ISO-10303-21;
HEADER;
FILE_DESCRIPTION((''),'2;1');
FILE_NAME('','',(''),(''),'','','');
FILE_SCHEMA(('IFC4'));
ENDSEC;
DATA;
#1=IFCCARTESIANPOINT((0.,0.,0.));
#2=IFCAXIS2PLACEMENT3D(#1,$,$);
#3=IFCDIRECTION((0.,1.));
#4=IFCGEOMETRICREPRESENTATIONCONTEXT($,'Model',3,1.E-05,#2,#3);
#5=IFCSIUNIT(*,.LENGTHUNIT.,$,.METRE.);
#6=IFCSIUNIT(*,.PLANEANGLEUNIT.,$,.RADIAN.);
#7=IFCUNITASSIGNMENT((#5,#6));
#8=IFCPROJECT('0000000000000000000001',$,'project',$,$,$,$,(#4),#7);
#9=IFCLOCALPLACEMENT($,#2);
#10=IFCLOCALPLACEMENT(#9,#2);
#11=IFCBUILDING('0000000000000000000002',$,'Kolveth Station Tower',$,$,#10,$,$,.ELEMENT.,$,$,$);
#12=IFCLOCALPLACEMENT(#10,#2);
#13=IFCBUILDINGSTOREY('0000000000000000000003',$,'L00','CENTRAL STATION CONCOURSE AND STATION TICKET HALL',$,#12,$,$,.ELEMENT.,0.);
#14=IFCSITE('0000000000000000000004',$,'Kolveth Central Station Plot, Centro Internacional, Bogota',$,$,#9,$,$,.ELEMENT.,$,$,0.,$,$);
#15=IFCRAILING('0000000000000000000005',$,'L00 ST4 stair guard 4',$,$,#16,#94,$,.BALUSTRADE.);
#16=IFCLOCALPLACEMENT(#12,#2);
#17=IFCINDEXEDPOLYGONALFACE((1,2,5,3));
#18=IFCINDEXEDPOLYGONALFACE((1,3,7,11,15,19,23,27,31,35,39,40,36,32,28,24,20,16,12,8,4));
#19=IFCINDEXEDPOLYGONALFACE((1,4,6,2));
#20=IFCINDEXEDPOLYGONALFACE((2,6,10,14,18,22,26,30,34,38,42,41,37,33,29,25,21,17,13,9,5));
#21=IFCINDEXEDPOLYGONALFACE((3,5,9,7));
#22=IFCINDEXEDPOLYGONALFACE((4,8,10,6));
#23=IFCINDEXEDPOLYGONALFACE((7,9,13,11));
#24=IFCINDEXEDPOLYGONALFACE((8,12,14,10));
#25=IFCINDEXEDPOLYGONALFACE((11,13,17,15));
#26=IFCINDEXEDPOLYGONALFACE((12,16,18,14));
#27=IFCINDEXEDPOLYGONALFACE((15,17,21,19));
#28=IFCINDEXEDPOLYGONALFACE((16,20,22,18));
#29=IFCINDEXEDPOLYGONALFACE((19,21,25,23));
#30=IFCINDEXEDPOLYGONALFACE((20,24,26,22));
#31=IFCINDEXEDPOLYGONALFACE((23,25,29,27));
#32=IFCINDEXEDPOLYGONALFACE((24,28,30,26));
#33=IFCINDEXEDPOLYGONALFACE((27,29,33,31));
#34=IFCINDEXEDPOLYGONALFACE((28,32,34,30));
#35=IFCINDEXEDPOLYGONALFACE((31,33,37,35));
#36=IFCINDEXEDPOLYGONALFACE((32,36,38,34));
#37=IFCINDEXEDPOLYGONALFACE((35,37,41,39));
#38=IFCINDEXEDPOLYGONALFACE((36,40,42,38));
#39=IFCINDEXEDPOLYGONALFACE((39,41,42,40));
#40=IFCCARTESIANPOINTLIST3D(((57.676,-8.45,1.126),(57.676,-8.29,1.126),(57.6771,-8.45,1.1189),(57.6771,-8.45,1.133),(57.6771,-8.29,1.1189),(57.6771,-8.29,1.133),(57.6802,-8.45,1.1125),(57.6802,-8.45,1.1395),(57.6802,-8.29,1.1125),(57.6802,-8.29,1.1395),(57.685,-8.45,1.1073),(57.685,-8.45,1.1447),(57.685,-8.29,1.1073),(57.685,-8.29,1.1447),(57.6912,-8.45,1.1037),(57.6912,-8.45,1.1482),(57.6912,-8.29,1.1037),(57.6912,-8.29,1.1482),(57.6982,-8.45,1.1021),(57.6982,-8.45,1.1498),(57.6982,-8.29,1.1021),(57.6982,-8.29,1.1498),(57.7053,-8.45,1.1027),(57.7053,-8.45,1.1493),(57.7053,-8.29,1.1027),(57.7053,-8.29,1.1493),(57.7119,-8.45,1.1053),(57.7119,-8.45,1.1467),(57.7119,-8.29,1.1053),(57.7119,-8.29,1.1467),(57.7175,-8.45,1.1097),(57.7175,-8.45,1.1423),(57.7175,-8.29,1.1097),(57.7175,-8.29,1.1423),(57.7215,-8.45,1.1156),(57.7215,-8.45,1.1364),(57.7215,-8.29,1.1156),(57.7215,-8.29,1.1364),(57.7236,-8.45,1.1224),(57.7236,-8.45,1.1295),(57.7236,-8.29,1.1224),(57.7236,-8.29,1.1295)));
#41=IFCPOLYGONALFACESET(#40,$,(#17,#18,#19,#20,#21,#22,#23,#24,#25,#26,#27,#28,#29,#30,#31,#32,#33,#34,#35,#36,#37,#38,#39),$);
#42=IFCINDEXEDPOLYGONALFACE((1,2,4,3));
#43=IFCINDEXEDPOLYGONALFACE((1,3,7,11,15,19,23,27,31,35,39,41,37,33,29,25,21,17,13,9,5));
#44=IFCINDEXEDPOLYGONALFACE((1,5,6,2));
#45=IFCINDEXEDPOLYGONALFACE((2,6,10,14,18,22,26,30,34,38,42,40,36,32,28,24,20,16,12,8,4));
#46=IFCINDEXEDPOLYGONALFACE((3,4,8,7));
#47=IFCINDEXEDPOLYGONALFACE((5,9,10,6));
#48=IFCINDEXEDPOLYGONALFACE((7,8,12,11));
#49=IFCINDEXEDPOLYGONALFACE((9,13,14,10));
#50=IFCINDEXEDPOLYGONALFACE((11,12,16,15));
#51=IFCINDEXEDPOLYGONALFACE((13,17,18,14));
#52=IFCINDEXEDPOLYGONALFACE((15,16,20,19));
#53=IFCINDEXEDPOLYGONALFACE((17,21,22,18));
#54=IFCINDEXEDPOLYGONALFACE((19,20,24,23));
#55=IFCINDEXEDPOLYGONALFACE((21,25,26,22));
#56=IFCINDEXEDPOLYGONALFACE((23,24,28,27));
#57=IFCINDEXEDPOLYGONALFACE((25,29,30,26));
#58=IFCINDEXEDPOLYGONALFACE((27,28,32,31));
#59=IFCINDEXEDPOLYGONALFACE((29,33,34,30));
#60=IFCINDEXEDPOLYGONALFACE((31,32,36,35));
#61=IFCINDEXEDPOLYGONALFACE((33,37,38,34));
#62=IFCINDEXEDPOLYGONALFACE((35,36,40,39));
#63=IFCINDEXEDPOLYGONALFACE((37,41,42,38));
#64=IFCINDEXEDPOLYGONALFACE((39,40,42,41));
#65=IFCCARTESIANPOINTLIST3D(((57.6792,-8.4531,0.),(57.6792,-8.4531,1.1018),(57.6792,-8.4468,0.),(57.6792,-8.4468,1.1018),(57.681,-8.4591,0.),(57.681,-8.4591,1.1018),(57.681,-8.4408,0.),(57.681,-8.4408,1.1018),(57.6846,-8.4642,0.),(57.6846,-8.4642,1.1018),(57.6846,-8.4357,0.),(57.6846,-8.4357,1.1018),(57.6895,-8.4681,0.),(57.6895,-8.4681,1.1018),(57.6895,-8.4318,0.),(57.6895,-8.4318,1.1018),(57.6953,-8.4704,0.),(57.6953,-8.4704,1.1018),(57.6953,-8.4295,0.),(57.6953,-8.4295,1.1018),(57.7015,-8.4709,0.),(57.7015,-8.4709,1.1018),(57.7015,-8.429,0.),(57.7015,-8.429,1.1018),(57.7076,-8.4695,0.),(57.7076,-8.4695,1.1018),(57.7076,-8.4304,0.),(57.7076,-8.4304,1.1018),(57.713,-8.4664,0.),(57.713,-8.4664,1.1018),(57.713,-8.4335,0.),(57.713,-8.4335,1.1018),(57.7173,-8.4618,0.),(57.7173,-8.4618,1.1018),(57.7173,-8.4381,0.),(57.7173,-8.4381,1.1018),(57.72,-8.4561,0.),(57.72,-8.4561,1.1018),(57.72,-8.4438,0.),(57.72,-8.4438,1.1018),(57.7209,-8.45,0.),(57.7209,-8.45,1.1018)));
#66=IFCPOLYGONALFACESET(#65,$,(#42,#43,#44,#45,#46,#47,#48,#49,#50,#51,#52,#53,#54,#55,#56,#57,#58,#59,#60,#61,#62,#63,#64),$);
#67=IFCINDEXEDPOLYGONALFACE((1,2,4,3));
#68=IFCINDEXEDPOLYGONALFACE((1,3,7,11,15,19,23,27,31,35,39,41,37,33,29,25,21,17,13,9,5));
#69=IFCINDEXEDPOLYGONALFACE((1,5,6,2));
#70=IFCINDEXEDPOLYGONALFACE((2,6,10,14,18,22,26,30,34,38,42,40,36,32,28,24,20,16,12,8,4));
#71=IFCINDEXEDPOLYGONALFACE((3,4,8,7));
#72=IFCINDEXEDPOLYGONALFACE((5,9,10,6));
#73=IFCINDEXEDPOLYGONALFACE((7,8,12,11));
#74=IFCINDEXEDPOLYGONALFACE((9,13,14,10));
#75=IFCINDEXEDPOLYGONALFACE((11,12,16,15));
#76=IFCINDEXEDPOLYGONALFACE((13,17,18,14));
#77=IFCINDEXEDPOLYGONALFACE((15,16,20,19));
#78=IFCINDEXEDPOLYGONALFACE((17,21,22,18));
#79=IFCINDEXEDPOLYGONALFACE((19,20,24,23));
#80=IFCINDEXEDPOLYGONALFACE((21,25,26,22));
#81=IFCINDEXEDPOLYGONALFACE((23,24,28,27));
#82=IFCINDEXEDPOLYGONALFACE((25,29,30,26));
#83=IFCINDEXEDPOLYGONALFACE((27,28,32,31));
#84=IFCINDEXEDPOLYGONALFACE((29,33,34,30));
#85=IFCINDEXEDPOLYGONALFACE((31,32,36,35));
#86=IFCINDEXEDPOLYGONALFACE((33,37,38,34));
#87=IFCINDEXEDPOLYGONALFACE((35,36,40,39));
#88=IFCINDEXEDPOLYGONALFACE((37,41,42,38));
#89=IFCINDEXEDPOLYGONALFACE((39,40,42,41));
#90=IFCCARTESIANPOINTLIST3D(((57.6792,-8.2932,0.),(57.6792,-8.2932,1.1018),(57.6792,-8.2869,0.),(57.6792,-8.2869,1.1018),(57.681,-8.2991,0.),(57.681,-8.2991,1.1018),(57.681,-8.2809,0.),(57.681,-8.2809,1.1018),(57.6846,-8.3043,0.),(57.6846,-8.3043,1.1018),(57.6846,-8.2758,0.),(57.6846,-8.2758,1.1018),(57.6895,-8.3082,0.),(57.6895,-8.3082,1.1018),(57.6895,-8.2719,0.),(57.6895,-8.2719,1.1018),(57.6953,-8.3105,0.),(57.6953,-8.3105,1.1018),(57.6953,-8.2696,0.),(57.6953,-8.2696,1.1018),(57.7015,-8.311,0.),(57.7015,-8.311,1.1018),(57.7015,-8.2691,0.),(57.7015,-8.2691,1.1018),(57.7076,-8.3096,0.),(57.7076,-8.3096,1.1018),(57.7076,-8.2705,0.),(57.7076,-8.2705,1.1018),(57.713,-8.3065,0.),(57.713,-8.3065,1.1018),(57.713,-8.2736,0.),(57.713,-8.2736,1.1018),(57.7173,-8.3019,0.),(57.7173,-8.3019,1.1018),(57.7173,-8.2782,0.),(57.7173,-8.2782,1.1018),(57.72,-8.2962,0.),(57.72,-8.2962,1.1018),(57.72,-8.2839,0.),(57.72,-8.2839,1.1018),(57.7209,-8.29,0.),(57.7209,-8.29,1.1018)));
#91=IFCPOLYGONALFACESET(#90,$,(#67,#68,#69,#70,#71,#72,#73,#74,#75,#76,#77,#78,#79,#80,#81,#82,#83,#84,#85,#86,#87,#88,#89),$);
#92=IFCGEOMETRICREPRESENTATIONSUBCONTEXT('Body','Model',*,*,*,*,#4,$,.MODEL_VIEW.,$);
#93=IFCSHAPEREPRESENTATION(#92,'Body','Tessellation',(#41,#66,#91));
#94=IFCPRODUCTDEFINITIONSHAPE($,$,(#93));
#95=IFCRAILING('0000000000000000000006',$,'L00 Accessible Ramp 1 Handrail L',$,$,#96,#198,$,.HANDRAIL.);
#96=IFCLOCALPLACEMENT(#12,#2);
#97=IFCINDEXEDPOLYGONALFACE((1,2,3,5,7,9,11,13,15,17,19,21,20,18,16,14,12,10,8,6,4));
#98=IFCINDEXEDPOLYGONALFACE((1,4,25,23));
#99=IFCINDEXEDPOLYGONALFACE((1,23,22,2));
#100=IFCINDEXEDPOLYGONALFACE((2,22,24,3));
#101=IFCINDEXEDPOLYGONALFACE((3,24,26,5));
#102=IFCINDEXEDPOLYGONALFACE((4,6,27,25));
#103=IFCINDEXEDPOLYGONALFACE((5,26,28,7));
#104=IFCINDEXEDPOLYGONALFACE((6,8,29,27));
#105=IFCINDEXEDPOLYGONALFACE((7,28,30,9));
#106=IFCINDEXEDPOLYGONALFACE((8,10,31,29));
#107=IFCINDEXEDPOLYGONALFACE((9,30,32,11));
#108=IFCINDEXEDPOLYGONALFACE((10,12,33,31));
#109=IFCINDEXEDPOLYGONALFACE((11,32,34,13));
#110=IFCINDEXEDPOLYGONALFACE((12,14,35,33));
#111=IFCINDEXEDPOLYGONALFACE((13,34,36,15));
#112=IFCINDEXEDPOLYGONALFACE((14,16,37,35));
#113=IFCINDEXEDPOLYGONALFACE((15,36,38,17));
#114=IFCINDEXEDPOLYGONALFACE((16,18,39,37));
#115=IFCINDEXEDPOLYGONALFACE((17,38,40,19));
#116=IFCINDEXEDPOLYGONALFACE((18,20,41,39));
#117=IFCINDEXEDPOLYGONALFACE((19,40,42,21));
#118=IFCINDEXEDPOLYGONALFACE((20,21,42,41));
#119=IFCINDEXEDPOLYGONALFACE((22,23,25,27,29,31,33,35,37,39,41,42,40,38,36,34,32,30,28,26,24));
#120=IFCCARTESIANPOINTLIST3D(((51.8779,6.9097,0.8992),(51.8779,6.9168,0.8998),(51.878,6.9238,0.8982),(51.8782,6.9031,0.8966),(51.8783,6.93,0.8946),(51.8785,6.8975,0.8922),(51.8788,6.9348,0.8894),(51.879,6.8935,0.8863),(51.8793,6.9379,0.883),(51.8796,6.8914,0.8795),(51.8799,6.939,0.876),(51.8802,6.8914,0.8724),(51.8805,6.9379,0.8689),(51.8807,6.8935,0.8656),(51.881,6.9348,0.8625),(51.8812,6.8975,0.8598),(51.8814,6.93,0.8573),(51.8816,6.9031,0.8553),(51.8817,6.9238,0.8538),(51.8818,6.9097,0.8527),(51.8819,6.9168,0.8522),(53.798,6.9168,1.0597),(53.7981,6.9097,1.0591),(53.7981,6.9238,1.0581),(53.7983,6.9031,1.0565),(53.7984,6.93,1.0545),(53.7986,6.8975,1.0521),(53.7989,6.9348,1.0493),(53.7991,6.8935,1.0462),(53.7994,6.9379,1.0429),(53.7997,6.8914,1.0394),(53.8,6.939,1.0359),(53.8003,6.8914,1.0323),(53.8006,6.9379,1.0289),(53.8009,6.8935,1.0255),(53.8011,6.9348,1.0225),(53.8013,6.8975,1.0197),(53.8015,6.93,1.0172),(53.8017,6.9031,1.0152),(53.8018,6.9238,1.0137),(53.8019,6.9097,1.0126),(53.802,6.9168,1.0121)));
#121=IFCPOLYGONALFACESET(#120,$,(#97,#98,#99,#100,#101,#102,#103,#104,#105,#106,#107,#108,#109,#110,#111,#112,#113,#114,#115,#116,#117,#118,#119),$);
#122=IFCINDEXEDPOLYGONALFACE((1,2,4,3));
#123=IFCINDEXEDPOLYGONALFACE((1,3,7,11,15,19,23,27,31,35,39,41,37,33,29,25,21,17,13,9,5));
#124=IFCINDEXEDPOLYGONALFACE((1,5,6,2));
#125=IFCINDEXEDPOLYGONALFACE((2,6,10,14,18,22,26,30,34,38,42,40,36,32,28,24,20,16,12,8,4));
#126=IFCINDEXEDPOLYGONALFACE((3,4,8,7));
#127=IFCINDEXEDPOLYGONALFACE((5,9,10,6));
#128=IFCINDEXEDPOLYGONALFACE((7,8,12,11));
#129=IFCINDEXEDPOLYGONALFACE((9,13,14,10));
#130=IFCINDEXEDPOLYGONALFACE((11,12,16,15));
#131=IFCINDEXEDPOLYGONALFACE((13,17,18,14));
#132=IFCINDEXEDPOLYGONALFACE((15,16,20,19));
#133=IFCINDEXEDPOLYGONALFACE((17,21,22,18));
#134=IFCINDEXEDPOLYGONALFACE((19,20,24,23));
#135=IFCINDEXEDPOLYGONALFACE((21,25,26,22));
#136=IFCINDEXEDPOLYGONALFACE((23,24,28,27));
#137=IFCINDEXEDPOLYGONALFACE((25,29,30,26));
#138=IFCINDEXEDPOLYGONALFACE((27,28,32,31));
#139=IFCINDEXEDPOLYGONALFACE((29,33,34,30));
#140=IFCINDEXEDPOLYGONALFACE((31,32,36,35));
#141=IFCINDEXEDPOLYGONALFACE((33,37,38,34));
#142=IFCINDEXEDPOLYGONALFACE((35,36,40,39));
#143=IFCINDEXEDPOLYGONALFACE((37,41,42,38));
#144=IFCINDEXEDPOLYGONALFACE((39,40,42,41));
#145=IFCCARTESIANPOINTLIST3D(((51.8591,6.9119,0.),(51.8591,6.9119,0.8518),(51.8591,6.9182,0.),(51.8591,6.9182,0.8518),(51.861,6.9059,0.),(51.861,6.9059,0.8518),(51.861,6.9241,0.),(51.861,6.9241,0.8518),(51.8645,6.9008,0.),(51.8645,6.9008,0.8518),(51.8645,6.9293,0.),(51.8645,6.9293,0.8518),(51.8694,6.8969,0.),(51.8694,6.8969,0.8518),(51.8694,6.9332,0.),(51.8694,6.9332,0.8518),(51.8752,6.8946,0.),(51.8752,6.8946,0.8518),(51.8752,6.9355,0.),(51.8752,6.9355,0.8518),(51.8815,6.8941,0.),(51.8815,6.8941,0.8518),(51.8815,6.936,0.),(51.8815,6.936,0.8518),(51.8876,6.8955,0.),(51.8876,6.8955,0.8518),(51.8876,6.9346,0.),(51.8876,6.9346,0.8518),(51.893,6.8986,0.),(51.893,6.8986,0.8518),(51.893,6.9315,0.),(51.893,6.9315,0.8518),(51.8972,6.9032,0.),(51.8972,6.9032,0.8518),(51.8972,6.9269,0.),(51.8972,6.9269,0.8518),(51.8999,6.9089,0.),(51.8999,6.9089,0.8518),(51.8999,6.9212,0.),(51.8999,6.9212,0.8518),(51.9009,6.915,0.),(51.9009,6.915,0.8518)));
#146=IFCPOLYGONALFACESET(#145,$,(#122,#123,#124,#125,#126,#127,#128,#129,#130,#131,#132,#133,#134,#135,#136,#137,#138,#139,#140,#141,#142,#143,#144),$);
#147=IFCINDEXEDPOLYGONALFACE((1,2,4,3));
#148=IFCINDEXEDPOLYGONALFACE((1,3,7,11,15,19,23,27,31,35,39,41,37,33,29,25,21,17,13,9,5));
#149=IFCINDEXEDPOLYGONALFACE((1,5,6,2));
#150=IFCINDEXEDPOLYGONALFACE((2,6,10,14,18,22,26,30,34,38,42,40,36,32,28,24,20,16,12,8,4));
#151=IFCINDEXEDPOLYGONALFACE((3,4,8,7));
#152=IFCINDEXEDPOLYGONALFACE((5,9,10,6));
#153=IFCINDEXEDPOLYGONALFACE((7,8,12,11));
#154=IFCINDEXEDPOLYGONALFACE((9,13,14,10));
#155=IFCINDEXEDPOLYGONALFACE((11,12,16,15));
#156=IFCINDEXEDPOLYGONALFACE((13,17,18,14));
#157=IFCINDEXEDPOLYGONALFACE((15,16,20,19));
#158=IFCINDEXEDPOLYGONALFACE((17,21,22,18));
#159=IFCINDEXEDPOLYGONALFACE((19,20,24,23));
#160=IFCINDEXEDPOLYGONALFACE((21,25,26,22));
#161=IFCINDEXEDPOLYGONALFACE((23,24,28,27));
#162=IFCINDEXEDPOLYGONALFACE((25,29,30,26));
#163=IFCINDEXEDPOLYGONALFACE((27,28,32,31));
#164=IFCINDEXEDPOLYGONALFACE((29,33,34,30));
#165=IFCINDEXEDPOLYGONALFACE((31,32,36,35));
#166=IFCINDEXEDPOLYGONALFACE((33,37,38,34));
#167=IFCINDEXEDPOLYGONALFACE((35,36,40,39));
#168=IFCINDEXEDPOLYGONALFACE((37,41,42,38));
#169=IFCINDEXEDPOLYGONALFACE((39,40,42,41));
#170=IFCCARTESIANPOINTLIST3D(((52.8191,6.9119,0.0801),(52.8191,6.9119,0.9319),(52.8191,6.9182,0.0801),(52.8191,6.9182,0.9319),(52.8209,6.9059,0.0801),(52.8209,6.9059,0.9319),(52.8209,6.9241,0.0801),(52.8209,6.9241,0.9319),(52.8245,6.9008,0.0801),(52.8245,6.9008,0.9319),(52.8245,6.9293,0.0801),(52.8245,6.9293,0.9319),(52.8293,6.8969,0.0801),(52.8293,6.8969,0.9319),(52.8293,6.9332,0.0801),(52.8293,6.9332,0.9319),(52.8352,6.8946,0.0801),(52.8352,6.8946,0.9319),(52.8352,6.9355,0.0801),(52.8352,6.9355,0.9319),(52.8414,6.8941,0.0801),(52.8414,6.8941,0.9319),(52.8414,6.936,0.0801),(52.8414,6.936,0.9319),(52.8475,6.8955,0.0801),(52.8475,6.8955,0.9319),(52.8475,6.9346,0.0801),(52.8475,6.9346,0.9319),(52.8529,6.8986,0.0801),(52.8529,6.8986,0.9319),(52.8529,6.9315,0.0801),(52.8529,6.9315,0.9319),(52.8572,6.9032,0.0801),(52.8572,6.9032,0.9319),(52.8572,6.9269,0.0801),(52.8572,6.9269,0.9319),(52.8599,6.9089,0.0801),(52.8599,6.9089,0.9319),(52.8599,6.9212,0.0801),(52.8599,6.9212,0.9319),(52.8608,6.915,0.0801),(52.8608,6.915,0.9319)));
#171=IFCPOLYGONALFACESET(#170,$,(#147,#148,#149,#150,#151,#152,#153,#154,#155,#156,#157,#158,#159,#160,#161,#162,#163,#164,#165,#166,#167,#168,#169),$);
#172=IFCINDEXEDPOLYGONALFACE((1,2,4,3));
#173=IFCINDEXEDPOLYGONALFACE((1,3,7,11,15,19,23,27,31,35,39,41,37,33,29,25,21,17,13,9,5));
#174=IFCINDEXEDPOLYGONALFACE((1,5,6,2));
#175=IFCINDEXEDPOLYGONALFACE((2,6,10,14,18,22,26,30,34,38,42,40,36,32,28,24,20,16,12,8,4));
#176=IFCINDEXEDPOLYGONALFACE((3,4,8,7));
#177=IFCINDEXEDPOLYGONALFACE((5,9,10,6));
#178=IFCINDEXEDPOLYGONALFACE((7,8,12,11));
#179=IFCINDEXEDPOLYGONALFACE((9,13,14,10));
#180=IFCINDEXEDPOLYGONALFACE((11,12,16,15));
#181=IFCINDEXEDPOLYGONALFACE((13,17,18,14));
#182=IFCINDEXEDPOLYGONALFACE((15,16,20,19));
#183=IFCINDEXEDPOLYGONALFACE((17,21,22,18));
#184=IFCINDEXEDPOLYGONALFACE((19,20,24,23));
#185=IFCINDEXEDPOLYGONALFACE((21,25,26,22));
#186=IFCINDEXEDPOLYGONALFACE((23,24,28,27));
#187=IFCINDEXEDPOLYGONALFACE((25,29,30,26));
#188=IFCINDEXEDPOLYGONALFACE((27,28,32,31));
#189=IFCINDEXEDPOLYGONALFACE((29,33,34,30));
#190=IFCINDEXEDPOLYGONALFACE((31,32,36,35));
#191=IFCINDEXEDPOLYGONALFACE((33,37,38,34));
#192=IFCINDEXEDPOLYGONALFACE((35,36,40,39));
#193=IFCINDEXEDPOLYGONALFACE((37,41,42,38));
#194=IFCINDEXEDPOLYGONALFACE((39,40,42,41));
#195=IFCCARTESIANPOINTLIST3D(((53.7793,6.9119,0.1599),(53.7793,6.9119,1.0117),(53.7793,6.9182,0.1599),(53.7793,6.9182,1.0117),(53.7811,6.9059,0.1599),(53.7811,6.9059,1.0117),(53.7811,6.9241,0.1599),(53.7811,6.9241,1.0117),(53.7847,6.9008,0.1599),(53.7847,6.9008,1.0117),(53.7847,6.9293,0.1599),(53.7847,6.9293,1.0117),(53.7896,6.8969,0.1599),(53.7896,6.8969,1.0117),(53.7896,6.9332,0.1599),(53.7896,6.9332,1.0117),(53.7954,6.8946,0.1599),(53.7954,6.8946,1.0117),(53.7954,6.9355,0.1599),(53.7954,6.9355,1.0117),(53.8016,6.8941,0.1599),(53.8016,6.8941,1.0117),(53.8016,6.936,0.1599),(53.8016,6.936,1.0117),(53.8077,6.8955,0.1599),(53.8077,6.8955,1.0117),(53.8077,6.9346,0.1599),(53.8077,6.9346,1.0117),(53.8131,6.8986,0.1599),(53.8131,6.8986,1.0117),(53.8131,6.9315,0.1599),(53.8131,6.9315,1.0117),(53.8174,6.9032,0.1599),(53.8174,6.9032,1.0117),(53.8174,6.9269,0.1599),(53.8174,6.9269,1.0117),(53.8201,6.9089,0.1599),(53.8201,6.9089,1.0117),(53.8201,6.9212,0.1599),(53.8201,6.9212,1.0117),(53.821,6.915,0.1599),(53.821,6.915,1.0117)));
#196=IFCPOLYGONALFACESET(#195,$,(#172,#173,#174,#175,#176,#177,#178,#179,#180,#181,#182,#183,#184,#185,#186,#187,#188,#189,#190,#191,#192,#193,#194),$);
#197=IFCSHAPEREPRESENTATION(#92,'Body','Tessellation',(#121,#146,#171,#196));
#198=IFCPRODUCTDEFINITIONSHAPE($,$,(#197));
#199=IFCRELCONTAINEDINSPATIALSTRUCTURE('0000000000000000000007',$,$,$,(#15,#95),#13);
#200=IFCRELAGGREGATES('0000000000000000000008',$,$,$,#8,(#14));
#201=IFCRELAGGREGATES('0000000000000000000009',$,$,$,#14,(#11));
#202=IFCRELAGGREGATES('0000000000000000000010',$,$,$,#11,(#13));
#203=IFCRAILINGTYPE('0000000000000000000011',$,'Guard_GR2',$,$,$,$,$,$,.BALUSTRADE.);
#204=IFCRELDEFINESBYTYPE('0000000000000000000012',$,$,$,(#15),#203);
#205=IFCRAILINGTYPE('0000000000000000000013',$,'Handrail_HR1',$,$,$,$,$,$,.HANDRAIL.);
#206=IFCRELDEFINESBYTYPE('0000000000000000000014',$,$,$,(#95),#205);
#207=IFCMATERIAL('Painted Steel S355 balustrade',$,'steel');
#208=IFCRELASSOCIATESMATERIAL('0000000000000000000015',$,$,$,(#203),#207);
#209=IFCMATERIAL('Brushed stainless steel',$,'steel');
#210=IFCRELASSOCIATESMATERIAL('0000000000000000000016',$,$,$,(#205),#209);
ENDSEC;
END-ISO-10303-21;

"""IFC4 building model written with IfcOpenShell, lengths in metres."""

from ifc_helpers import new_model, si_unit, direction, frame, origin, origin_2d, place, context, subcontext, project, spatial, circle, extrude, material, type_object, element, save


model = new_model("IFC4")

# Units and contexts
model_context = context("Model", 3, precision=1e-05, world=origin(), true_north=direction((0.0, 1.0)))
body_context = subcontext(model_context, "Body", "Model", "MODEL_VIEW")
ifc_project = project(units=[si_unit("LENGTHUNIT", "METRE"), si_unit("PLANEANGLEUNIT", "RADIAN")], contexts=[model_context])

# Site, building, storey
site_placement = place(None, origin())
site = spatial("IfcSite", under=ifc_project, at=site_placement, Name="Kolveth Central Station Plot, Centro Internacional, Bogota", CompositionType="ELEMENT", RefElevation=0.0)
building_placement = place(site_placement, origin())
building = spatial("IfcBuilding", under=site, at=building_placement, Name="Kolveth Station Tower", CompositionType="ELEMENT")
storey_placement = place(building_placement, origin())
storey = spatial("IfcBuildingStorey", under=building, at=storey_placement, Name="L00", Description="CENTRAL STATION CONCOURSE AND STATION TICKET HALL", CompositionType="ELEMENT", Elevation=0.0)

# Railings
ifc_material_1 = material(Name="Painted Steel S355 balustrade", Category="steel")
railing_type_1 = type_object("IfcRailingType", Name="Guard_GR2", PredefinedType="BALUSTRADE", material=ifc_material_1)
railing_placement = place(storey_placement, frame((57.7, -8.45, 0.0)))
element("IfcRailing", 1, at=railing_placement, inside=storey, type_object=railing_type_1, Name="L00 ST4 stair guard 4", PredefinedType="BALUSTRADE", context=body_context, shape_type="SweptSolid", body=[
    extrude(circle(Radius=0.0239, at=origin_2d()), frame((0.0, 0.0, 1.126), z_axis=(0.0, 1.0, 0.0), x_axis=(-1.0, 0.0, 0.0)), (0.0, 0.0, 1.0), 0.1599),
    extrude(circle(Radius=0.021, at=origin_2d()), origin(), (0.0, 0.0, 1.0), 1.1018),
    extrude(circle(Radius=0.021, at=origin_2d()), frame((0.0, 0.1599, 0.0)), (0.0, 0.0, 1.0), 1.1018),
])
ifc_material_2 = material(Name="Brushed stainless steel", Category="steel")
railing_type_2 = type_object("IfcRailingType", Name="Handrail_HR1", PredefinedType="HANDRAIL", material=ifc_material_2)
for number, where, name in (
    (2, (51.8799, 6.915, 0.0), "L00 Accessible Ramp 1 Handrail L"),
):
    element("IfcRailing", number, at=place(storey_placement, frame(where)), inside=storey, type_object=railing_type_2, Name=name, PredefinedType="HANDRAIL", context=body_context, shape_type="SweptSolid", body=[
        extrude(circle(Radius=0.0239, at=origin_2d()), frame((0.0, 0.0, 0.876), z_axis=(0.99655, 0.0, 0.082993), x_axis=(0.0, 1.0, 0.0)), (0.0, 0.0, 1.0), 1.9268),
        extrude(circle(Radius=0.021, at=origin_2d()), origin(), (0.0, 0.0, 1.0), 0.8518),
        extrude(circle(Radius=0.021, at=origin_2d()), frame((0.96, 0.0, 0.0801)), (0.0, 0.0, 1.0), 0.8518),
        extrude(circle(Radius=0.021, at=origin_2d()), frame((1.9202, 0.0, 0.1599)), (0.0, 0.0, 1.0), 0.8518),
    ])

save(model, "model.ifc")
